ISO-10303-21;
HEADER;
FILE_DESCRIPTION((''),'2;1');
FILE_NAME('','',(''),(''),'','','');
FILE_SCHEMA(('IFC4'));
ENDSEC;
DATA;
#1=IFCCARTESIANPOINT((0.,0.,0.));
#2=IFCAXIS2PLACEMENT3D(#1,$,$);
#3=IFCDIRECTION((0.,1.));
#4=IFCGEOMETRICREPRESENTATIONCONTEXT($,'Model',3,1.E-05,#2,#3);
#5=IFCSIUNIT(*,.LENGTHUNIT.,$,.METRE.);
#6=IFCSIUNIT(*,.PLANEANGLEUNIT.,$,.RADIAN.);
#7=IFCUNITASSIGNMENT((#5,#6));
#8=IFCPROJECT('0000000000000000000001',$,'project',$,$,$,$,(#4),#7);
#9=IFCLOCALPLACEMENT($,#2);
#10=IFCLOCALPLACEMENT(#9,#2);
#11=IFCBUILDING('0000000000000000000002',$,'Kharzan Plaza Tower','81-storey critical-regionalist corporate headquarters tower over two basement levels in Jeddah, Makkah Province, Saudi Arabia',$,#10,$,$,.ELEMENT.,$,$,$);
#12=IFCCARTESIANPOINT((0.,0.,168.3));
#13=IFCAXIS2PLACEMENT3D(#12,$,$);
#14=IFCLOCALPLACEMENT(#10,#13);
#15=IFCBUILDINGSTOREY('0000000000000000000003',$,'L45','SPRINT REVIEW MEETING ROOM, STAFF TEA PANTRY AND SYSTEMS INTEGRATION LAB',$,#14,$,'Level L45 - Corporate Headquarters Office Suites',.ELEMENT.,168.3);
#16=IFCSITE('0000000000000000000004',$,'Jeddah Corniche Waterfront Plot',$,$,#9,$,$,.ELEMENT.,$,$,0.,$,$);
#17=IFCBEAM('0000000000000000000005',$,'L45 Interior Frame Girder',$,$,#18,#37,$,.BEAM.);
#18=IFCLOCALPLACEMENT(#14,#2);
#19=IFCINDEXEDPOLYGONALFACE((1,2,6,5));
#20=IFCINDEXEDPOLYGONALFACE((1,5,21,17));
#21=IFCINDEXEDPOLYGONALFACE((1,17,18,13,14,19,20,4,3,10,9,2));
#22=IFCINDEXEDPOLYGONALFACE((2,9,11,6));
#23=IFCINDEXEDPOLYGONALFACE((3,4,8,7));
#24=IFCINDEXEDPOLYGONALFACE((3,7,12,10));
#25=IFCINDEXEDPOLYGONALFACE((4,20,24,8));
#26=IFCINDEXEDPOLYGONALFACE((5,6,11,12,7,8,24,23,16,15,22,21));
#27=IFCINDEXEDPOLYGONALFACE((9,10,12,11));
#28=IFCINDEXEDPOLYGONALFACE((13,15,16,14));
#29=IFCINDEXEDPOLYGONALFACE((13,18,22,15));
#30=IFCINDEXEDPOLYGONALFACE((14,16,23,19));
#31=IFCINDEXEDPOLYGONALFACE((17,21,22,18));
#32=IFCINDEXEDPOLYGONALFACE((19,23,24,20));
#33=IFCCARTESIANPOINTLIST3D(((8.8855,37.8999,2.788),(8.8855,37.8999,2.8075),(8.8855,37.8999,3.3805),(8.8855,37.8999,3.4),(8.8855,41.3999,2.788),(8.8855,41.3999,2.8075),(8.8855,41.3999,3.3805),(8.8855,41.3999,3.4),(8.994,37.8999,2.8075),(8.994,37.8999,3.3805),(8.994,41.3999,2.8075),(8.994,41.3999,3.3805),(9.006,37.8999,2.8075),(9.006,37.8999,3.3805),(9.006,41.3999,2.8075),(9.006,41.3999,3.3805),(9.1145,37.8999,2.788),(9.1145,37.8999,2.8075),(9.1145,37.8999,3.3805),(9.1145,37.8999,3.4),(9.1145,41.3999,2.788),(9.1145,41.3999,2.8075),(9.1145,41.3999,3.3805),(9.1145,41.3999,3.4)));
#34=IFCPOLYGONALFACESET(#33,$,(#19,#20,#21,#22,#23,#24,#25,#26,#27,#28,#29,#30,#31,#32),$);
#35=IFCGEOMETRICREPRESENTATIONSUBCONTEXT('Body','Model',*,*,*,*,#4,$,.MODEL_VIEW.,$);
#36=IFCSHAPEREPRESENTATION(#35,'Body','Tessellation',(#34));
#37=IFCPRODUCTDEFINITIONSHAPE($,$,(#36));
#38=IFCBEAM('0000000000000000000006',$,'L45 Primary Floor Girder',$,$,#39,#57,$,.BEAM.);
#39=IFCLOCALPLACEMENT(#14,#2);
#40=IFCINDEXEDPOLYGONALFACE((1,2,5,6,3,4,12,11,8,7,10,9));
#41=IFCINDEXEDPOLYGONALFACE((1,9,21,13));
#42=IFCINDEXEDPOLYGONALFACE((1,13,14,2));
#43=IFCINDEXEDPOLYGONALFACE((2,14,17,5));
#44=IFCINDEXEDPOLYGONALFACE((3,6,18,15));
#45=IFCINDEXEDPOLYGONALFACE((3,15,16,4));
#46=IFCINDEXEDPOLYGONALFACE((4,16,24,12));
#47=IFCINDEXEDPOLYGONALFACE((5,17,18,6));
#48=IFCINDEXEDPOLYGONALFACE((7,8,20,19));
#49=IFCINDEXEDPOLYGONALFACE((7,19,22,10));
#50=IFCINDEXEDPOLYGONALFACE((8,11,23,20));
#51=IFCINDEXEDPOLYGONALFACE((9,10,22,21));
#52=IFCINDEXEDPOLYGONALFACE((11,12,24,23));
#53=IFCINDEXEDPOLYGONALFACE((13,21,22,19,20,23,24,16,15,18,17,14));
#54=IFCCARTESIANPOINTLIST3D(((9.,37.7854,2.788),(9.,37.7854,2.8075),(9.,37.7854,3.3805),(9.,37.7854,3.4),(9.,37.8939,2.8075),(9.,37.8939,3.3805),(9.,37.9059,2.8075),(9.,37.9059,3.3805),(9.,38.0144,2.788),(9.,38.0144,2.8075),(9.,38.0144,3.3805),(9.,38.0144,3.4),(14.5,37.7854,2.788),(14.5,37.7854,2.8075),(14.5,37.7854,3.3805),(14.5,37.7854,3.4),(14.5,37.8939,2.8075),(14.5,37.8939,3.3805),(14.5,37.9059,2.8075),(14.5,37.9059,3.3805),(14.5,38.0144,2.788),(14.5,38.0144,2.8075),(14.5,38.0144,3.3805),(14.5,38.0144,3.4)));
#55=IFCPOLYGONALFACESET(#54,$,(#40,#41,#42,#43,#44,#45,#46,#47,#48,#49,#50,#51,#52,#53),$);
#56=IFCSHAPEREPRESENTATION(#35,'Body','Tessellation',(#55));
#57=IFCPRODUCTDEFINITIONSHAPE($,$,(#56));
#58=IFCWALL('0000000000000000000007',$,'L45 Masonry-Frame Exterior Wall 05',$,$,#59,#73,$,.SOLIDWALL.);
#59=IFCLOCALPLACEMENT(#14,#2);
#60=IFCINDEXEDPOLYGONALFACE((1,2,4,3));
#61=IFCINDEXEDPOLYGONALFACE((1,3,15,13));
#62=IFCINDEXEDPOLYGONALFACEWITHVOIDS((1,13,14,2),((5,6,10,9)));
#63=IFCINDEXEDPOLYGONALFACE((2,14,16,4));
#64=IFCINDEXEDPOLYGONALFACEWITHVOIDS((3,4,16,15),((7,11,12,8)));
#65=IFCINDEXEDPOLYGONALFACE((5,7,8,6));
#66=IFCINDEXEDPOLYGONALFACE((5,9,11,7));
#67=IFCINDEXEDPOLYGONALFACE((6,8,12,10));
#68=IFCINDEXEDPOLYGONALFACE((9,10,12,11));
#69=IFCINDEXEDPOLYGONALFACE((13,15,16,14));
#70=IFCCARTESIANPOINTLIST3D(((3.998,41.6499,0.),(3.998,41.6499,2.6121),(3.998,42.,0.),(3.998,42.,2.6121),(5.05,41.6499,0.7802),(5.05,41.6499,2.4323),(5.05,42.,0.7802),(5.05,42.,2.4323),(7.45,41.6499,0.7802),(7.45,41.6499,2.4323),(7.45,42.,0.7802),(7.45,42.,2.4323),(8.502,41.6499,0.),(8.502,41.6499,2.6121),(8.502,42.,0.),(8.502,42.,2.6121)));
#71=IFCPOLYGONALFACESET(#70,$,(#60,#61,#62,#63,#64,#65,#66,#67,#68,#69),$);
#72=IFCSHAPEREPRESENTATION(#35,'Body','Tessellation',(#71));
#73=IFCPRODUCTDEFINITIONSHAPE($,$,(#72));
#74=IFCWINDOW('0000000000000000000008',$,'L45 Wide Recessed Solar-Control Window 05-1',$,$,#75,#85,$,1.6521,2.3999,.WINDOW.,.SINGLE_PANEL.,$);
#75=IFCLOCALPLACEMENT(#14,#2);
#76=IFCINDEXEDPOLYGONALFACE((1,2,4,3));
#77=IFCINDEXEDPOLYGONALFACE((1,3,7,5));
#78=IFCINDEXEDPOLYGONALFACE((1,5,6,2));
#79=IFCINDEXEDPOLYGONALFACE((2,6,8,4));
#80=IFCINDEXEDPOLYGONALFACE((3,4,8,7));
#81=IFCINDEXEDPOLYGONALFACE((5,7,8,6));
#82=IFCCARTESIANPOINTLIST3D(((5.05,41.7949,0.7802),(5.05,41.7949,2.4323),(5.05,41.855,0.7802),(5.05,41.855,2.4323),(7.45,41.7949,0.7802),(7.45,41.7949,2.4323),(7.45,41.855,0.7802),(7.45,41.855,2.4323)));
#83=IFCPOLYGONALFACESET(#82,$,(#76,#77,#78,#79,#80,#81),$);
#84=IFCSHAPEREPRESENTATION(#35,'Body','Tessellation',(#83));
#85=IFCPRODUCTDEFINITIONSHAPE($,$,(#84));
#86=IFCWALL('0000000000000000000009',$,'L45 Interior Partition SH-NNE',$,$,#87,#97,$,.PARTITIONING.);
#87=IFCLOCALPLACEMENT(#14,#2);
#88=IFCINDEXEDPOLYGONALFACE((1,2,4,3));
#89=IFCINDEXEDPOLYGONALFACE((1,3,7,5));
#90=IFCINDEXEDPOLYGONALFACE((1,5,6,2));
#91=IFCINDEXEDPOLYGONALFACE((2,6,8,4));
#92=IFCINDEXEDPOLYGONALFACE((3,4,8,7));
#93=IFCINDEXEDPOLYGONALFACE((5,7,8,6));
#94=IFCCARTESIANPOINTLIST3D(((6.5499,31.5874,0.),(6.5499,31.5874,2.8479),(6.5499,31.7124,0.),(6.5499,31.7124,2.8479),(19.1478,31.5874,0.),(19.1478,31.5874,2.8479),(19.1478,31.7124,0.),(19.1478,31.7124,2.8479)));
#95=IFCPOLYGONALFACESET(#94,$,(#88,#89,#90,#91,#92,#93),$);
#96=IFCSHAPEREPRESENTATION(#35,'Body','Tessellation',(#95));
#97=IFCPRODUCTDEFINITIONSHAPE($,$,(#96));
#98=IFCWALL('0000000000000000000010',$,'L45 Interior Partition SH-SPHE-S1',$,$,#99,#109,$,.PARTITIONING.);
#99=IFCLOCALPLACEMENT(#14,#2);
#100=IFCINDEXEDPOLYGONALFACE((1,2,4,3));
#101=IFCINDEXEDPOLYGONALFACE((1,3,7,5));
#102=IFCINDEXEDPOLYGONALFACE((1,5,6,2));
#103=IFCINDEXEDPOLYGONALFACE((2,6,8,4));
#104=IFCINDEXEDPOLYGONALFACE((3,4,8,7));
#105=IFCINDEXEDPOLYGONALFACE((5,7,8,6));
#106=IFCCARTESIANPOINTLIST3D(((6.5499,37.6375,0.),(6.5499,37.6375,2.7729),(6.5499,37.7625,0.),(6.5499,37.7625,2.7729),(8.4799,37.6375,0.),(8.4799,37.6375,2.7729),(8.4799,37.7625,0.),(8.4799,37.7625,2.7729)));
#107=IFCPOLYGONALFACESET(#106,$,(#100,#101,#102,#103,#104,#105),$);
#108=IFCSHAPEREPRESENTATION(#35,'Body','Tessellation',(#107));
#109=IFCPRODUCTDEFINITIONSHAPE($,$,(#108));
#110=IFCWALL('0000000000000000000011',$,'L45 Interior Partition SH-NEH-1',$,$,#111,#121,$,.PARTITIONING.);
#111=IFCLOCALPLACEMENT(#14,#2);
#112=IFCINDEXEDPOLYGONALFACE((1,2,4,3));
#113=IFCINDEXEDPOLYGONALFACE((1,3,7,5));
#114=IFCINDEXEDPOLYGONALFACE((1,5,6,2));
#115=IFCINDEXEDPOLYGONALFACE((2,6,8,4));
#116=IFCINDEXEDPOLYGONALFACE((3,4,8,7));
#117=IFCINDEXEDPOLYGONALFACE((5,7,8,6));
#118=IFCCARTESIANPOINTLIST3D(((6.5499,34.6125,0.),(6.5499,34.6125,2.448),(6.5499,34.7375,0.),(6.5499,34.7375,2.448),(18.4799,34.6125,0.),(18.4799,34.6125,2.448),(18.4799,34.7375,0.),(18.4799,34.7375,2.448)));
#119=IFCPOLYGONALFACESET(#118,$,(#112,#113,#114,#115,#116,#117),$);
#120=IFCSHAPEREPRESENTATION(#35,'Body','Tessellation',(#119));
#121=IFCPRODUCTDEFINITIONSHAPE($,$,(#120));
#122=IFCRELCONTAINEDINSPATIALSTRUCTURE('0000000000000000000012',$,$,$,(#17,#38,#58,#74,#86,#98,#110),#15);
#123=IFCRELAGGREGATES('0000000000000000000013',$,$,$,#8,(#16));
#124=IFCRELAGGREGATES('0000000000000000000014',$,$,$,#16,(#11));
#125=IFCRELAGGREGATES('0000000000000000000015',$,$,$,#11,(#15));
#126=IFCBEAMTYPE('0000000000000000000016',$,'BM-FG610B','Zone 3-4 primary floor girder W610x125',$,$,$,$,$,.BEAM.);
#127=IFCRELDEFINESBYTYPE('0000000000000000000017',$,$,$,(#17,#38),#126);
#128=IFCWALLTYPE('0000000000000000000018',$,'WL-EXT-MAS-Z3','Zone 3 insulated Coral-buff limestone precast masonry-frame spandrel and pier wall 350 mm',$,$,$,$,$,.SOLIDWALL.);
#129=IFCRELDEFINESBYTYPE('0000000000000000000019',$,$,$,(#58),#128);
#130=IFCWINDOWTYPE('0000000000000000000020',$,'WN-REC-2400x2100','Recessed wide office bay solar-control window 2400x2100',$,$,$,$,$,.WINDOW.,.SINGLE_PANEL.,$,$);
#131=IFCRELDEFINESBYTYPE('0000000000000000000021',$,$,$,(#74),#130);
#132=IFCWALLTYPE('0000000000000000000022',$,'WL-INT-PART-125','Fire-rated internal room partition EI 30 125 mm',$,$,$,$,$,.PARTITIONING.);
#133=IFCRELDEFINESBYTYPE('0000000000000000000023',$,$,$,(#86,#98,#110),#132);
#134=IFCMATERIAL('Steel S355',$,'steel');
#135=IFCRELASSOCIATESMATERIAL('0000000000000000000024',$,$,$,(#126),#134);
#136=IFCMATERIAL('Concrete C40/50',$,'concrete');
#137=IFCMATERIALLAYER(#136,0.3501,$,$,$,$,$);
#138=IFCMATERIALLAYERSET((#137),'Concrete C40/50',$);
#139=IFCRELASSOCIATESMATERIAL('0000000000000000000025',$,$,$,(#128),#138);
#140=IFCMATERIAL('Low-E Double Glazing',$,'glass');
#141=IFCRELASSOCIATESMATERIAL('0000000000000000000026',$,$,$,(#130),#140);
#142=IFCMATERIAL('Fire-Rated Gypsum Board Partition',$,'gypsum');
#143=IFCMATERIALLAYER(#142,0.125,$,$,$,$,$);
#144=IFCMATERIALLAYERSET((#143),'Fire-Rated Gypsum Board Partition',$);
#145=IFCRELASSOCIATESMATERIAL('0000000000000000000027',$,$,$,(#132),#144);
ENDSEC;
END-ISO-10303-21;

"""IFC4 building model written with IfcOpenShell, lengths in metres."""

from ifc_helpers import new_model, si_unit, direction, frame, frame_2d, origin, origin_2d, place, context, subcontext, project, spatial, rectangle, i_section, extrude, source, transform, mapped, material, layer, layer_set, material_profile, profile_set, type_object, element, fill, save


model = new_model("IFC4")

# Units and contexts
model_context = context("Model", 3, precision=1e-05, world=origin(), true_north=direction((0.0, 1.0)))
body_context = subcontext(model_context, "Body", "Model", "MODEL_VIEW")
ifc_project = project(units=[si_unit("LENGTHUNIT", "METRE"), si_unit("PLANEANGLEUNIT", "RADIAN")], contexts=[model_context])

# Site, building, storey
site_placement = place(None, origin())
site = spatial("IfcSite", under=ifc_project, at=site_placement, Name="Jeddah Corniche Waterfront Plot", CompositionType="ELEMENT", RefElevation=0.0)
building_placement = place(site_placement, origin())
building = spatial("IfcBuilding", under=site, at=building_placement, Name="Kharzan Plaza Tower", Description="81-storey critical-regionalist corporate headquarters tower over two basement levels in Jeddah, Makkah Province, Saudi Arabia", CompositionType="ELEMENT")
storey_placement = place(building_placement, frame((0.0, 0.0, 168.3)))
storey = spatial("IfcBuildingStorey", under=building, at=storey_placement, Name="L45", Description="SPRINT REVIEW MEETING ROOM, STAFF TEA PANTRY AND SYSTEMS INTEGRATION LAB", LongName="Level L45 - Corporate Headquarters Office Suites", CompositionType="ELEMENT", Elevation=168.3)

# Beams
ifc_material_1 = material(Name="Steel S355", Category="steel")
ifc_material_profile = material_profile(ifc_material_1, i_section(OverallWidth=0.229, OverallDepth=0.6121, WebThickness=0.012, FlangeThickness=0.0195, at=origin_2d()), Name="W610x125")
ifc_profile_set = profile_set([ifc_material_profile], Name="Steel S355")
beam_type = type_object("IfcBeamType", Name="BM-FG610B", Description="Zone 3-4 primary floor girder W610x125", PredefinedType="BEAM", material=ifc_profile_set)
shared_shape_1 = source(origin(), body_context, "Body", "SweptSolid", [
    extrude(i_section(OverallWidth=0.229, OverallDepth=0.6121, WebThickness=0.012, FlangeThickness=0.0195, at=origin_2d()), origin(), (0.0, 0.0, 1.0), 3.5),
])
beam_1_placement = place(storey_placement, frame((9.0, 37.8999, 3.094), z_axis=(0.0, 1.0, 0.0), x_axis=(-1.0, 0.0, 0.0)))
element("IfcBeam", 1, at=beam_1_placement, inside=storey, type_object=beam_type, Name="L45 Interior Frame Girder", PredefinedType="BEAM", context=body_context, shape_type="MappedRepresentation", body=[
    mapped(shared_shape_1, transform((0.0, 0.0, 0.0), x_axis=(1.0, 0.0, 0.0), y_axis=(0.0, 1.0, 0.0), z_axis=(0.0, 0.0, 1.0))),
])
shared_shape_2 = source(origin(), body_context, "Body", "SweptSolid", [
    extrude(i_section(OverallWidth=0.229, OverallDepth=0.6121, WebThickness=0.012, FlangeThickness=0.0195, at=origin_2d()), origin(), (0.0, 0.0, 1.0), 5.5),
])
beam_2_placement = place(storey_placement, frame((9.0, 37.8999, 3.094), z_axis=(1.0, 0.0, 0.0), x_axis=(0.0, 1.0, 0.0)))
element("IfcBeam", 2, at=beam_2_placement, inside=storey, type_object=beam_type, Name="L45 Primary Floor Girder", PredefinedType="BEAM", context=body_context, shape_type="MappedRepresentation", body=[
    mapped(shared_shape_2, transform((0.0, 0.0, 0.0), x_axis=(1.0, 0.0, 0.0), y_axis=(0.0, 1.0, 0.0), z_axis=(0.0, 0.0, 1.0))),
])

# Wall, opening, window
ifc_material_2 = material(Name="Concrete C40/50", Category="concrete")
ifc_layer_1 = layer(ifc_material_2, 0.3501)
ifc_layer_set_1 = layer_set([ifc_layer_1], Name="Concrete C40/50")
wall_type_1 = type_object("IfcWallType", Name="WL-EXT-MAS-Z3", Description="Zone 3 insulated Coral-buff limestone precast masonry-frame spandrel and pier wall 350 mm", PredefinedType="SOLIDWALL", material=ifc_layer_set_1)
wall_1_placement = place(storey_placement, frame((8.502, 41.825, 0.0), z_axis=(0.0, 0.0, 1.0), x_axis=(-1.0, 0.0, 0.0)))
wall_1 = element("IfcWall", 3, at=wall_1_placement, inside=storey, type_object=wall_type_1, Name="L45 Masonry-Frame Exterior Wall 05", PredefinedType="SOLIDWALL", context=body_context, shape_type="SweptSolid", body=[
    extrude(rectangle(XDim=4.5039, YDim=0.3501, at=frame_2d((2.252, 0.0))), origin(), (0.0, 0.0, 1.0), 2.6121),
])
opening_1_placement = place(wall_1_placement, frame((1.052, 0.0, 0.78)))
opening_1 = element("IfcOpeningElement", 4, at=opening_1_placement, cuts=wall_1, PredefinedType="OPENING", context=body_context, shape_type="SweptSolid", body=[
    extrude(rectangle(XDim=2.3999, YDim=1.6521, at=frame_2d((1.2, 0.8262))), frame((0.0, 0.1851, 0.0), z_axis=(0.0, -1.0, 0.0), x_axis=(1.0, 0.0, 0.0)), (0.0, 0.0, 1.0), 0.3701),
])
ifc_material_3 = material(Name="Low-E Double Glazing", Category="glass")
window_type = type_object("IfcWindowType", Name="WN-REC-2400x2100", Description="Recessed wide office bay solar-control window 2400x2100", PartitioningType="SINGLE_PANEL", PredefinedType="WINDOW", material=ifc_material_3)
shared_shape_3 = source(origin(), body_context, "Body", "SweptSolid", [
    extrude(rectangle(XDim=2.3999, YDim=1.6521, at=frame_2d((1.2, 0.8262))), frame((0.0, 0.03, 0.0), z_axis=(0.0, -1.0, 0.0), x_axis=(1.0, 0.0, 0.0)), (0.0, 0.0, 1.0), 0.0601),
])
window_placement = place(opening_1_placement, origin())
window = element("IfcWindow", 5, at=window_placement, inside=storey, type_object=window_type, Name="L45 Wide Recessed Solar-Control Window 05-1", OverallHeight=1.6521, OverallWidth=2.3999, PartitioningType="SINGLE_PANEL", PredefinedType="WINDOW", context=body_context, shape_type="MappedRepresentation", body=[
    mapped(shared_shape_3, transform((0.0, 0.0, 0.0), x_axis=(1.0, 0.0, 0.0), y_axis=(0.0, 1.0, 0.0), z_axis=(0.0, 0.0, 1.0))),
])
fill(opening_1, window)

# Shared definitions
ifc_material_4 = material(Name="Fire-Rated Gypsum Board Partition", Category="gypsum")
ifc_layer_2 = layer(ifc_material_4, 0.125)
ifc_layer_set_2 = layer_set([ifc_layer_2], Name="Fire-Rated Gypsum Board Partition")
wall_type_2 = type_object("IfcWallType", Name="WL-INT-PART-125", Description="Fire-rated internal room partition EI 30 125 mm", PredefinedType="PARTITIONING", material=ifc_layer_set_2)

# Walls
shared_shape_4 = source(origin(), body_context, "Body", "SweptSolid", [
    extrude(rectangle(XDim=12.5979, YDim=0.125, at=frame_2d((6.2988, 0.0))), origin(), (0.0, 0.0, 1.0), 2.8479),
])
wall_2_placement = place(storey_placement, frame((6.55, 31.6499, 0.0), z_axis=(0.0, 0.0, 1.0), x_axis=(1.0, 0.0, 0.0)))
element("IfcWall", 6, at=wall_2_placement, inside=storey, type_object=wall_type_2, Name="L45 Interior Partition SH-NNE", PredefinedType="PARTITIONING", context=body_context, shape_type="MappedRepresentation", body=[
    mapped(shared_shape_4, transform((0.0, 0.0, 0.0), x_axis=(1.0, 0.0, 0.0), y_axis=(0.0, 1.0, 0.0), z_axis=(0.0, 0.0, 1.0))),
])
shared_shape_5 = source(origin(), body_context, "Body", "SweptSolid", [
    extrude(rectangle(XDim=1.9299, YDim=0.125, at=frame_2d((0.9648, 0.0))), origin(), (0.0, 0.0, 1.0), 2.7729),
])
wall_3_placement = place(storey_placement, frame((6.55, 37.7, 0.0), z_axis=(0.0, 0.0, 1.0), x_axis=(1.0, 0.0, 0.0)))
element("IfcWall", 7, at=wall_3_placement, inside=storey, type_object=wall_type_2, Name="L45 Interior Partition SH-SPHE-S1", PredefinedType="PARTITIONING", context=body_context, shape_type="MappedRepresentation", body=[
    mapped(shared_shape_5, transform((0.0, 0.0, 0.0), x_axis=(1.0, 0.0, 0.0), y_axis=(0.0, 1.0, 0.0), z_axis=(0.0, 0.0, 1.0))),
])
shared_shape_6 = source(origin(), body_context, "Body", "SweptSolid", [
    extrude(rectangle(XDim=11.9299, YDim=0.125, at=frame_2d((5.9648, 0.0))), origin(), (0.0, 0.0, 1.0), 2.448),
])
wall_4_placement = place(storey_placement, frame((6.55, 34.675, 0.0), z_axis=(0.0, 0.0, 1.0), x_axis=(1.0, 0.0, 0.0)))
element("IfcWall", 8, at=wall_4_placement, inside=storey, type_object=wall_type_2, Name="L45 Interior Partition SH-NEH-1", PredefinedType="PARTITIONING", context=body_context, shape_type="MappedRepresentation", body=[
    mapped(shared_shape_6, transform((0.0, 0.0, 0.0), x_axis=(1.0, 0.0, 0.0), y_axis=(0.0, 1.0, 0.0), z_axis=(0.0, 0.0, 1.0))),
])

save(model, "model.ifc")
